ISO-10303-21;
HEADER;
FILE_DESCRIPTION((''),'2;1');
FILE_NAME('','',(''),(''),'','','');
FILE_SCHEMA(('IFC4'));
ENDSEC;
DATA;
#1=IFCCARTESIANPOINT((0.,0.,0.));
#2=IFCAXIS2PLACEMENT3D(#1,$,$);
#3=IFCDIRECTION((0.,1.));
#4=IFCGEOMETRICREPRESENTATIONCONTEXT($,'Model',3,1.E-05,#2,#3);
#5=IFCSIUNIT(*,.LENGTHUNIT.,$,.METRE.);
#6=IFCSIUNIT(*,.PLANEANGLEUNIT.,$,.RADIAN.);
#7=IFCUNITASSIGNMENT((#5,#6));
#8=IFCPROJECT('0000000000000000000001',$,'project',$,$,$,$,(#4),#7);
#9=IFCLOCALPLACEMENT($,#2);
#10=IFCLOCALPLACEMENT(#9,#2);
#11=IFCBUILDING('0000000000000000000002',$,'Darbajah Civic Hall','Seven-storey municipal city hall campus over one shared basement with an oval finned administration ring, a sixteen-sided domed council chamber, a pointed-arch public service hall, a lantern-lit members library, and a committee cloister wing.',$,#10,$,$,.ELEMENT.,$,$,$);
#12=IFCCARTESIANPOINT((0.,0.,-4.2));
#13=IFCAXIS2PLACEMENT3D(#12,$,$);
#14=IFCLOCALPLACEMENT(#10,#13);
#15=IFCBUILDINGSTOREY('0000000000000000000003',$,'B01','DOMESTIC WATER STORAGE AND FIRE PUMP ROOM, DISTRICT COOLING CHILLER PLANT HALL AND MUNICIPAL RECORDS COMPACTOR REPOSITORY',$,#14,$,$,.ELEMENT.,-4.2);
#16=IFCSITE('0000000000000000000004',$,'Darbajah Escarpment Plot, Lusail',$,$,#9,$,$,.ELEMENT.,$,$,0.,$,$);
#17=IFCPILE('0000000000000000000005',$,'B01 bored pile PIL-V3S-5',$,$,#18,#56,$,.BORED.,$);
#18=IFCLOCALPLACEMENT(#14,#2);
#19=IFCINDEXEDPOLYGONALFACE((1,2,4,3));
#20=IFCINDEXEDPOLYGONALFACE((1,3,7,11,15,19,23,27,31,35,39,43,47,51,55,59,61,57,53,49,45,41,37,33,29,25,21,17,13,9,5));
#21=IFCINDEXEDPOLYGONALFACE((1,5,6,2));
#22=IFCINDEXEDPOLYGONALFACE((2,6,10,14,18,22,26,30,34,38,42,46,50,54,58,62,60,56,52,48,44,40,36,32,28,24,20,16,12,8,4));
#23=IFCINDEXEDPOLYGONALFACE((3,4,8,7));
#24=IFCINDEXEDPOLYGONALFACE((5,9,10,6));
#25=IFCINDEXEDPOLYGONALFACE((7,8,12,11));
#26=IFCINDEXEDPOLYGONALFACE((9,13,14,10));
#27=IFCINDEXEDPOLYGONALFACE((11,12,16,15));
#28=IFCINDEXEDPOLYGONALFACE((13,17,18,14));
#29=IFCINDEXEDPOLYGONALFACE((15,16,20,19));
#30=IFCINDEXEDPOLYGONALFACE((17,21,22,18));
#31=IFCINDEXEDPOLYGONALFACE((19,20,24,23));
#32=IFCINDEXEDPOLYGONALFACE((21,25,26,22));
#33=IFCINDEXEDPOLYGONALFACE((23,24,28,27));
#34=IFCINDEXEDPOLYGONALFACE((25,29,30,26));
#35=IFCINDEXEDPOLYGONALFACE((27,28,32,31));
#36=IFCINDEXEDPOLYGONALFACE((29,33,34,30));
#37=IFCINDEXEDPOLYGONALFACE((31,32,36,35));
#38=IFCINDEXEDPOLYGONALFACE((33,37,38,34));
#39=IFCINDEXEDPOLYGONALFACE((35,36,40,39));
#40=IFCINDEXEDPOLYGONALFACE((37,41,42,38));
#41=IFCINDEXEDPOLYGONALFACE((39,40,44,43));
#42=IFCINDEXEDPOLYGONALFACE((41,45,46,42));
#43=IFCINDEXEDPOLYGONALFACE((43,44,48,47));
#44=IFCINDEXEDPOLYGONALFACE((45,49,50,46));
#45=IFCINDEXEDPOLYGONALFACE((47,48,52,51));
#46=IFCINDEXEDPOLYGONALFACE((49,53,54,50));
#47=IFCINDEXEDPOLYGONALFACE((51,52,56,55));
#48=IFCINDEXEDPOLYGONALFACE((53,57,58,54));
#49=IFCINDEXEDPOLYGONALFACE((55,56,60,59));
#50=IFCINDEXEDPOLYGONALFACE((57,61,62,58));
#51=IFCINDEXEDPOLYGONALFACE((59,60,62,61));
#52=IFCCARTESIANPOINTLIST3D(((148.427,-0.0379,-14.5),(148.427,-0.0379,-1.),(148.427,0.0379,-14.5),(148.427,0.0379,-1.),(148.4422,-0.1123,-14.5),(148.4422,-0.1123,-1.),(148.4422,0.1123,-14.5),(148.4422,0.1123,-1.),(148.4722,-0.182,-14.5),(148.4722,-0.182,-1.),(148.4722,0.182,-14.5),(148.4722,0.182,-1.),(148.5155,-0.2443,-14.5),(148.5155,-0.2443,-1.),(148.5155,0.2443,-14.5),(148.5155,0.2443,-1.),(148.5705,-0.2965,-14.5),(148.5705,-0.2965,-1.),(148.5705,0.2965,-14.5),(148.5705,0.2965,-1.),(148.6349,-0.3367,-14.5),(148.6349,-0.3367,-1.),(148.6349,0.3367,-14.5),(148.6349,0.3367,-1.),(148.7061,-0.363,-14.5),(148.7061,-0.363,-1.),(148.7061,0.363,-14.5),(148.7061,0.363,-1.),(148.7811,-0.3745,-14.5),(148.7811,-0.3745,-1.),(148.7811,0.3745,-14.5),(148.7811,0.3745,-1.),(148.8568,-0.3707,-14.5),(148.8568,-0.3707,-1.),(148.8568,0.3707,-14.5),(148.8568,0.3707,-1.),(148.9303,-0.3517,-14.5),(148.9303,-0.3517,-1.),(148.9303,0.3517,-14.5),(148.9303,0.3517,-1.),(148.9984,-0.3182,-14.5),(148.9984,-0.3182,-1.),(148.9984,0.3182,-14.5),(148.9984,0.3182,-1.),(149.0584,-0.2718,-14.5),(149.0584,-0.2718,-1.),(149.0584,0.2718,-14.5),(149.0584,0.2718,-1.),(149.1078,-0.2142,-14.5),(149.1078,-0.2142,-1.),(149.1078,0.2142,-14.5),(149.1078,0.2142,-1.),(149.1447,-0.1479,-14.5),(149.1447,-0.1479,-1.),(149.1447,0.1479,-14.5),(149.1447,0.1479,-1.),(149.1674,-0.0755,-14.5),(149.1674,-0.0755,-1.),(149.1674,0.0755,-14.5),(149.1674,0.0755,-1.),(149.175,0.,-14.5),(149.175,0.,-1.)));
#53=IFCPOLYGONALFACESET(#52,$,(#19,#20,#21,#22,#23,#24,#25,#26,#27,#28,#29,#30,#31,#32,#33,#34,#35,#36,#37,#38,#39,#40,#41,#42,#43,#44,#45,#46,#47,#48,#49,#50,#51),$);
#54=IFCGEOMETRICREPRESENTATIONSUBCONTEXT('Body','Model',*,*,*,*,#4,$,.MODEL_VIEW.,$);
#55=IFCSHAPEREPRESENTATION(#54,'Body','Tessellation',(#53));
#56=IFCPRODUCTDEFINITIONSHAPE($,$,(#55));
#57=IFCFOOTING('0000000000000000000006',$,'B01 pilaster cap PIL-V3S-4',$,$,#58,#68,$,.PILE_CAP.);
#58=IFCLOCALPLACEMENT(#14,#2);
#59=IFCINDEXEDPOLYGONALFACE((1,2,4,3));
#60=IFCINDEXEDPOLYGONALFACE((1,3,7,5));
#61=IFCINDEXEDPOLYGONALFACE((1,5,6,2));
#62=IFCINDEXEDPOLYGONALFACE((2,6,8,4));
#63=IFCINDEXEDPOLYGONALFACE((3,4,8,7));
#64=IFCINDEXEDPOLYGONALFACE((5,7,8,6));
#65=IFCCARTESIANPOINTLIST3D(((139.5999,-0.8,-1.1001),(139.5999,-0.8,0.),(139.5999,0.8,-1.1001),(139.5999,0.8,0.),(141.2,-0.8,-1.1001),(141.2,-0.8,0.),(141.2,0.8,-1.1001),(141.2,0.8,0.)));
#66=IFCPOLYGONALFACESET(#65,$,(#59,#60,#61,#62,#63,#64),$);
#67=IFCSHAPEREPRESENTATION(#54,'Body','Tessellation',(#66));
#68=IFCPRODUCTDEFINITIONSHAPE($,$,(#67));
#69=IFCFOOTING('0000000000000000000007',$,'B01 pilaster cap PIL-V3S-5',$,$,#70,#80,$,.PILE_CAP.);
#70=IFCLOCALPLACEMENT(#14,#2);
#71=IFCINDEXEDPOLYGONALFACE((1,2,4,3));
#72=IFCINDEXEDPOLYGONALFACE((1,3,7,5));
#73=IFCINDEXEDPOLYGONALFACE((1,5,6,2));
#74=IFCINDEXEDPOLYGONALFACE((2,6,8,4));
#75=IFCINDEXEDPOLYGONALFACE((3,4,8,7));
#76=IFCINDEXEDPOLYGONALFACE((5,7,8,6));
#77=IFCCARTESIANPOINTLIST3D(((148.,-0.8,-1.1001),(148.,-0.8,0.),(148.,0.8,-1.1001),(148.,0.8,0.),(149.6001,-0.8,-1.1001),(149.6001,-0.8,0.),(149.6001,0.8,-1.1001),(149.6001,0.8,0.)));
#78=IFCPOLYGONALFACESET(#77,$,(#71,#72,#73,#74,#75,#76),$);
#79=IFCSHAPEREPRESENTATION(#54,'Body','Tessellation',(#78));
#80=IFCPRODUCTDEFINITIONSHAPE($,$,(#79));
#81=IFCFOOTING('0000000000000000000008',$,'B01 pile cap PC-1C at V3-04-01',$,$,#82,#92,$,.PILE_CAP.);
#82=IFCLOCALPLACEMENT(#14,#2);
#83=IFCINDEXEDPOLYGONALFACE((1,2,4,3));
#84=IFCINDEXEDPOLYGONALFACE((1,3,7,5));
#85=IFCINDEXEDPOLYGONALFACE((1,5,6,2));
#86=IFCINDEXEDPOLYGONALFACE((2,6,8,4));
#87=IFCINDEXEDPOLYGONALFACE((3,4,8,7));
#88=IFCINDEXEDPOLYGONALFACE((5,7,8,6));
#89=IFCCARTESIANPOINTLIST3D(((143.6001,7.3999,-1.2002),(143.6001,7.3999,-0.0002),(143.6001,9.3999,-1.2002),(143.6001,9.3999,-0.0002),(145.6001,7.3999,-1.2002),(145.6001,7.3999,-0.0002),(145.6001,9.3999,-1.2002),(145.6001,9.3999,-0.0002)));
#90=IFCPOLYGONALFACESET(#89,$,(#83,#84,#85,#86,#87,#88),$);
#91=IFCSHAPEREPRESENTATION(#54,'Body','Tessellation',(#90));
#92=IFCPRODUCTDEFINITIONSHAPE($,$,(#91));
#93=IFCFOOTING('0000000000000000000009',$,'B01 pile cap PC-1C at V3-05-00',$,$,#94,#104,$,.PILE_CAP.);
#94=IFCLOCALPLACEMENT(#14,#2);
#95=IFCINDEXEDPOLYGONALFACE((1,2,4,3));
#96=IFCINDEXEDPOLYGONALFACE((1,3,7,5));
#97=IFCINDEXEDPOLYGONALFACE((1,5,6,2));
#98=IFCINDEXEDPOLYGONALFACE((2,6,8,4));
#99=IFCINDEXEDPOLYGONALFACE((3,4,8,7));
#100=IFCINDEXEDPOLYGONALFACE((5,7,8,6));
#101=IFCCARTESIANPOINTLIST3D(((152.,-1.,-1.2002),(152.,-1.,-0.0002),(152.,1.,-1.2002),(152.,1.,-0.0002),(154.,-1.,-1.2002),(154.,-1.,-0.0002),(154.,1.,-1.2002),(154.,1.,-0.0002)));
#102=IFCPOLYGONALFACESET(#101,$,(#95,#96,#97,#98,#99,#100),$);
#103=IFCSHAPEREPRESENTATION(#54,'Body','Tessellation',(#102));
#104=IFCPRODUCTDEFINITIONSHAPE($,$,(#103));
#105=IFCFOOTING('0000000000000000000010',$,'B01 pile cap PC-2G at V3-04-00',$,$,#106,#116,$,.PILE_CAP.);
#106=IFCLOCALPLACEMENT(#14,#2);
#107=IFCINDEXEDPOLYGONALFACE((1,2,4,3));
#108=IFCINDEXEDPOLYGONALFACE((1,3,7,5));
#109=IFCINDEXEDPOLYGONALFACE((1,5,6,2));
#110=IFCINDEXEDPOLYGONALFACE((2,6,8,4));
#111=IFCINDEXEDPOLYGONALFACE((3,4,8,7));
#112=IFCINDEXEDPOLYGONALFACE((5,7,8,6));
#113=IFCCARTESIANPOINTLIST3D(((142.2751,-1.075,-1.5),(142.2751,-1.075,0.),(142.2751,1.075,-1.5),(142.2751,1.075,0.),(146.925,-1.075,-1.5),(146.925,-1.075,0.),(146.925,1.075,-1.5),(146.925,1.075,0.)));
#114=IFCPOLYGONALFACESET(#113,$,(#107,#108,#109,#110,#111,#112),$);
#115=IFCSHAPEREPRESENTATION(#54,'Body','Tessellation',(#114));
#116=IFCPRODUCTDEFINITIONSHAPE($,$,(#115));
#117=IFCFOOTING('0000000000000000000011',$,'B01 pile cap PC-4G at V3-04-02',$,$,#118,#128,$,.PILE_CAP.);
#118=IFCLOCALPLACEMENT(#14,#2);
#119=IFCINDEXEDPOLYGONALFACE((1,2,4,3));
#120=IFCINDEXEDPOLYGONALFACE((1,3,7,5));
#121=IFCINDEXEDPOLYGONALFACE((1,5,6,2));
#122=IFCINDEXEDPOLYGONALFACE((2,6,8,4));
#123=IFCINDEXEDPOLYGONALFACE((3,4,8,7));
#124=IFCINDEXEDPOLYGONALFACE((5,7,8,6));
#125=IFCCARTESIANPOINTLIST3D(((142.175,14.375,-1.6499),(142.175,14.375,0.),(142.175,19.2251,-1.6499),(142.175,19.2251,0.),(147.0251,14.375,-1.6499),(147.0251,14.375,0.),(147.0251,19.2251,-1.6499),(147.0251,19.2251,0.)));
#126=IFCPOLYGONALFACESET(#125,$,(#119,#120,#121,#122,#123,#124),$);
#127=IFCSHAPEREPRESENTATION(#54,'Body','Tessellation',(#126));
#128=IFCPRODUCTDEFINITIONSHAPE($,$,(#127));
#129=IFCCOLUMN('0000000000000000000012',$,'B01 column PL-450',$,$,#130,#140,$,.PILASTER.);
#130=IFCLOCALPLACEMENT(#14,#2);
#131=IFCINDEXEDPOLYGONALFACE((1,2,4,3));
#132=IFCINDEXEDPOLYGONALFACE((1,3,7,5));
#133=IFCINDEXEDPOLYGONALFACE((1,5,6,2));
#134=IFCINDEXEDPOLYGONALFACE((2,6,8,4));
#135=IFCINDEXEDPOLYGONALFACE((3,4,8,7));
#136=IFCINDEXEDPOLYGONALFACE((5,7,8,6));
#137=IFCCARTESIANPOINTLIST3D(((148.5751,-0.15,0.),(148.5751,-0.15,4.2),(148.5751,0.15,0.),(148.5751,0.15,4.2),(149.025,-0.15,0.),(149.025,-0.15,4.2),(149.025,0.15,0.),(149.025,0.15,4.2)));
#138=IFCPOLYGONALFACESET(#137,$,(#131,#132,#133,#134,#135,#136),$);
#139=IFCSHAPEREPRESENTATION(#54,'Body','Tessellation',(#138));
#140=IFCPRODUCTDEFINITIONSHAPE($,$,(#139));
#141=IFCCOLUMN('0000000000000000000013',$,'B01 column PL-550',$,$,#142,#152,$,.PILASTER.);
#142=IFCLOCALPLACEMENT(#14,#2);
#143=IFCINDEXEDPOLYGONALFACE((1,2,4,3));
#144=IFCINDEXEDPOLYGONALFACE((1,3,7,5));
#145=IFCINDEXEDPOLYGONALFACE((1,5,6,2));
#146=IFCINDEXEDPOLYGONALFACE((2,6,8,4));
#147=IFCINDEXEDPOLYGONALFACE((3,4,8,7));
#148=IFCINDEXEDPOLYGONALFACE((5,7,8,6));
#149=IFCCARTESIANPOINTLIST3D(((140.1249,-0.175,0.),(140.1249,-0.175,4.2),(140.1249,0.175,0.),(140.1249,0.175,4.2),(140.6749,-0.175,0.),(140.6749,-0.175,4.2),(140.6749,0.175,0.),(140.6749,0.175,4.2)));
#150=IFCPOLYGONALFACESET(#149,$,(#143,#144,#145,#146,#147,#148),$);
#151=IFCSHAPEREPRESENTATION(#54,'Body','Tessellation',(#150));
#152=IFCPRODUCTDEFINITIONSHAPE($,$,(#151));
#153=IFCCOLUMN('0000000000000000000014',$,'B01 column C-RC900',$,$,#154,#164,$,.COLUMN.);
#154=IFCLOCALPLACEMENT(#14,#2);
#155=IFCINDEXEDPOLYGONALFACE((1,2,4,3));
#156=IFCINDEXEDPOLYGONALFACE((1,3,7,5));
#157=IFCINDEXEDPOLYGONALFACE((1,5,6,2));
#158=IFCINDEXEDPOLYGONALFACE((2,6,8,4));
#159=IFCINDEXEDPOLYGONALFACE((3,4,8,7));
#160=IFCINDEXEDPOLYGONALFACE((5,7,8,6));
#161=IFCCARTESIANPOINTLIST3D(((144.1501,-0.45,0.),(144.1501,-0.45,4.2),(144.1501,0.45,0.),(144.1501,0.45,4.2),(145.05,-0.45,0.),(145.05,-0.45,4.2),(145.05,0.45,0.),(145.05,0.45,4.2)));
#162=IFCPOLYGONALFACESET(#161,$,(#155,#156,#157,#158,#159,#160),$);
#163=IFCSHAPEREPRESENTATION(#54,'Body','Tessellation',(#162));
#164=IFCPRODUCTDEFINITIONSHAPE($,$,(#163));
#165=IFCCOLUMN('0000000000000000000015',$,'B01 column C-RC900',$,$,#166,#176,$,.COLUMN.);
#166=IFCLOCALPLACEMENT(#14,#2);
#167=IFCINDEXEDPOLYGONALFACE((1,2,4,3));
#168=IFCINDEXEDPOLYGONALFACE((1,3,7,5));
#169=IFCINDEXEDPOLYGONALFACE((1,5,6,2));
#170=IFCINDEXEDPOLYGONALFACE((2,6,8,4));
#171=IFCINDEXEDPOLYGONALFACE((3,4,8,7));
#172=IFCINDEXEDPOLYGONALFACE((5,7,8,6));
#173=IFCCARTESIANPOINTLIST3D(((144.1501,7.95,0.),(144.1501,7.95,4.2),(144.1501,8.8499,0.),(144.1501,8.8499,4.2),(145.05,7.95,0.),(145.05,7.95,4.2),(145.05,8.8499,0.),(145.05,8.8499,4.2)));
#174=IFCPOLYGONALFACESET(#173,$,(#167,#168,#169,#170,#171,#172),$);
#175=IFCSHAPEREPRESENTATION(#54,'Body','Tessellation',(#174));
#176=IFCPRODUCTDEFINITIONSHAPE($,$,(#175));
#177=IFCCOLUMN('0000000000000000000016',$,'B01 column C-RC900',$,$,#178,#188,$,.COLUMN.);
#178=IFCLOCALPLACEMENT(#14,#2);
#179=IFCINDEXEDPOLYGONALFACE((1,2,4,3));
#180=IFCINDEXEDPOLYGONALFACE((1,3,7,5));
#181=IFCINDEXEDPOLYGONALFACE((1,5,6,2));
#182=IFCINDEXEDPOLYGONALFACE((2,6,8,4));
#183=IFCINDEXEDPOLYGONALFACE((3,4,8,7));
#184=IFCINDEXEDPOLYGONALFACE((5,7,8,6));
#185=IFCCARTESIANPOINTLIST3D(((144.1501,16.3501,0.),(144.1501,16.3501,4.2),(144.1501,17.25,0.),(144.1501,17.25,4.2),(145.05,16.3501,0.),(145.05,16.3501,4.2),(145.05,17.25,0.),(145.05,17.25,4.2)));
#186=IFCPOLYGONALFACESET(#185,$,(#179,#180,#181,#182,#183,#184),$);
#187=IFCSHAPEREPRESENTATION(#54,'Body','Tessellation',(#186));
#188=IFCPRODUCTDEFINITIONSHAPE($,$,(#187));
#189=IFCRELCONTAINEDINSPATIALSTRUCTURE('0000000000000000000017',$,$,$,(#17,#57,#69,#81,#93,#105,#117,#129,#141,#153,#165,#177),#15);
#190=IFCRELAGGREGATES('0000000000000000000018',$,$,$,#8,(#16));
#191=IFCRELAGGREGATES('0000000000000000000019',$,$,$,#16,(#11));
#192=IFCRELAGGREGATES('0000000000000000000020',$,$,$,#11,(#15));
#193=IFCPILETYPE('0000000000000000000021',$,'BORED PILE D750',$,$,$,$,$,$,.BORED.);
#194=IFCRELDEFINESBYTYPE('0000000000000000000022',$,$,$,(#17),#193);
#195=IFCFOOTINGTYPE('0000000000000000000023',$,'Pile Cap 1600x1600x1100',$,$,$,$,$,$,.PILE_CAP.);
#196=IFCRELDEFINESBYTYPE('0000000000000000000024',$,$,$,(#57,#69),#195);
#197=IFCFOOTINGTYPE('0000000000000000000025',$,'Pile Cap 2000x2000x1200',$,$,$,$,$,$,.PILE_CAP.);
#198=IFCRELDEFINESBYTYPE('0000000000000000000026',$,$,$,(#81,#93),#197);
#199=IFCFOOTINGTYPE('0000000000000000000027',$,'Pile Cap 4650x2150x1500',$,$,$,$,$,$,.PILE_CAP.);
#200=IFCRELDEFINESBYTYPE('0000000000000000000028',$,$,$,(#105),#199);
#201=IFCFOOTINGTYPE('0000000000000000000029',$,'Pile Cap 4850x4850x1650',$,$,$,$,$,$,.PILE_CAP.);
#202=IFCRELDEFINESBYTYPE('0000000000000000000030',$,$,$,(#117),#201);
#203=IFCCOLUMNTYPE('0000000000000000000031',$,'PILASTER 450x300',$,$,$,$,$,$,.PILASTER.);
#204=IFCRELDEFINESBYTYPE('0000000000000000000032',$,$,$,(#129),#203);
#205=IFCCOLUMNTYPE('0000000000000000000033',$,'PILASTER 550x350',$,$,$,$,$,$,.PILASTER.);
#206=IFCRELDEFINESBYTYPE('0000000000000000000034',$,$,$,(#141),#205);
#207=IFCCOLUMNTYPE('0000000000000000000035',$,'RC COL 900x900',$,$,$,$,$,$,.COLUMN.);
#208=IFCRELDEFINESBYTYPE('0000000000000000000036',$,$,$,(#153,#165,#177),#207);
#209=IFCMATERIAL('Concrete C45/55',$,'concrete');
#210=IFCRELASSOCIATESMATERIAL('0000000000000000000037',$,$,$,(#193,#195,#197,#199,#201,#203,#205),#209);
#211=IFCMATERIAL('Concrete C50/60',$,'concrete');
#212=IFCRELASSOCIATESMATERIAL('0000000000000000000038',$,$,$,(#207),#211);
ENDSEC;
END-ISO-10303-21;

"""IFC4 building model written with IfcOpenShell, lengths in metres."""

from ifc_helpers import new_model, si_unit, direction, frame, origin, origin_2d, place, context, subcontext, project, spatial, rectangle, circle, extrude, material, material_profile, profile_set, type_object, element, save


model = new_model("IFC4")

# Units and contexts
model_context = context("Model", 3, precision=1e-05, world=origin(), true_north=direction((0.0, 1.0)))
body_context = subcontext(model_context, "Body", "Model", "MODEL_VIEW")
ifc_project = project(units=[si_unit("LENGTHUNIT", "METRE"), si_unit("PLANEANGLEUNIT", "RADIAN")], contexts=[model_context])

# Site, building, storey
site_placement = place(None, origin())
site = spatial("IfcSite", under=ifc_project, at=site_placement, Name="Darbajah Escarpment Plot, Lusail", CompositionType="ELEMENT", RefElevation=0.0)
building_placement = place(site_placement, origin())
building = spatial("IfcBuilding", under=site, at=building_placement, Name="Darbajah Civic Hall", Description="Seven-storey municipal city hall campus over one shared basement with an oval finned administration ring, a sixteen-sided domed council chamber, a pointed-arch public service hall, a lantern-lit members library, and a committee cloister wing.", CompositionType="ELEMENT")
storey_placement = place(building_placement, frame((0.0, 0.0, -4.2)))
storey = spatial("IfcBuildingStorey", under=building, at=storey_placement, Name="B01", Description="DOMESTIC WATER STORAGE AND FIRE PUMP ROOM, DISTRICT COOLING CHILLER PLANT HALL AND MUNICIPAL RECORDS COMPACTOR REPOSITORY", CompositionType="ELEMENT", Elevation=-4.2)

# Pile
ifc_material_1 = material(Name="Concrete C45/55", Category="concrete")
ifc_material_profile_1 = material_profile(ifc_material_1, circle(Radius=0.375, at=origin_2d()), Name="BORED PILE D750")
ifc_profile_set_1 = profile_set([ifc_material_profile_1], Name="Concrete C45/55")
pile_type_1 = type_object("IfcPileType", Name="BORED PILE D750", PredefinedType="BORED", material=ifc_profile_set_1)
for number, where, z_axis, x_axis, name in (
    (1, (148.8, 0.0, -1.0), (0.0, 0.0, -1.0), (1.0, 0.0, 0.0), "B01 bored pile PIL-V3S-5"),
):
    element("IfcPile", number, at=place(storey_placement, frame(where, z_axis=z_axis, x_axis=x_axis)), inside=storey, type_object=pile_type_1, Name=name, PredefinedType="BORED", context=body_context, shape_type="SweptSolid", body=[
        extrude(circle(Radius=0.375, at=origin_2d()), origin(), (0.0, 0.0, 1.0), 13.5),
    ])

# Footings
footing_type_1 = type_object("IfcFootingType", Name="Pile Cap 1600x1600x1100", PredefinedType="PILE_CAP", material=ifc_material_1)
for number, where, z_axis, x_axis, name in (
    (2, (140.3999, 0.0, -1.1001), (0.0, 0.0, 1.0), (1.0, 0.0, 0.0), "B01 pilaster cap PIL-V3S-4"),
    (3, (148.8, 0.0, -1.1001), (0.0, 0.0, 1.0), (1.0, 0.0, 0.0), "B01 pilaster cap PIL-V3S-5"),
):
    element("IfcFooting", number, at=place(storey_placement, frame(where, z_axis=z_axis, x_axis=x_axis)), inside=storey, type_object=footing_type_1, Name=name, PredefinedType="PILE_CAP", context=body_context, shape_type="SweptSolid", body=[
        extrude(rectangle(XDim=1.6001, YDim=1.6001, at=origin_2d()), origin(), (0.0, 0.0, 1.0), 1.1001),
    ])
footing_type_2 = type_object("IfcFootingType", Name="Pile Cap 2000x2000x1200", PredefinedType="PILE_CAP", material=ifc_material_1)
for number, where, z_axis, x_axis, name in (
    (4, (144.6001, 8.3999, -1.2002), (0.0, 0.0, 1.0), (1.0, 0.0, 0.0), "B01 pile cap PC-1C at V3-04-01"),
    (5, (153.0, 0.0, -1.2002), (0.0, 0.0, 1.0), (1.0, 0.0, 0.0), "B01 pile cap PC-1C at V3-05-00"),
):
    element("IfcFooting", number, at=place(storey_placement, frame(where, z_axis=z_axis, x_axis=x_axis)), inside=storey, type_object=footing_type_2, Name=name, PredefinedType="PILE_CAP", context=body_context, shape_type="SweptSolid", body=[
        extrude(rectangle(XDim=2.0, YDim=2.0, at=origin_2d()), origin(), (0.0, 0.0, 1.0), 1.2),
    ])
footing_type_3 = type_object("IfcFootingType", Name="Pile Cap 4650x2150x1500", PredefinedType="PILE_CAP", material=ifc_material_1)
footing_1_placement = place(storey_placement, frame((144.6001, 0.0, -1.5), z_axis=(0.0, 0.0, 1.0), x_axis=(1.0, 0.0, 0.0)))
element("IfcFooting", 6, at=footing_1_placement, inside=storey, type_object=footing_type_3, Name="B01 pile cap PC-2G at V3-04-00", PredefinedType="PILE_CAP", context=body_context, shape_type="SweptSolid", body=[
    extrude(rectangle(XDim=4.6499, YDim=2.1499, at=origin_2d()), origin(), (0.0, 0.0, 1.0), 1.5),
])
footing_type_4 = type_object("IfcFootingType", Name="Pile Cap 4850x4850x1650", PredefinedType="PILE_CAP", material=ifc_material_1)
footing_2_placement = place(storey_placement, frame((144.6001, 16.8, -1.6499), z_axis=(0.0, 0.0, 1.0), x_axis=(1.0, 0.0, 0.0)))
element("IfcFooting", 7, at=footing_2_placement, inside=storey, type_object=footing_type_4, Name="B01 pile cap PC-4G at V3-04-02", PredefinedType="PILE_CAP", context=body_context, shape_type="SweptSolid", body=[
    extrude(rectangle(XDim=4.8501, YDim=4.8501, at=origin_2d()), origin(), (0.0, 0.0, 1.0), 1.6499),
])

# Columns
ifc_material_profile_2 = material_profile(ifc_material_1, rectangle(XDim=0.45, YDim=0.3, at=origin_2d()), Name="PILASTER 450x300")
ifc_profile_set_2 = profile_set([ifc_material_profile_2], Name="Concrete C45/55")
column_type_1 = type_object("IfcColumnType", Name="PILASTER 450x300", PredefinedType="PILASTER", material=ifc_profile_set_2)
column_1_placement = place(storey_placement, frame((148.8, 0.0, 0.0), z_axis=(0.0, 0.0, 1.0), x_axis=(1.0, 0.0, 0.0)))
element("IfcColumn", 8, at=column_1_placement, inside=storey, type_object=column_type_1, Name="B01 column PL-450", PredefinedType="PILASTER", context=body_context, shape_type="SweptSolid", body=[
    extrude(rectangle(XDim=0.45, YDim=0.3, at=origin_2d()), origin(), (0.0, 0.0, 1.0), 4.2),
])
ifc_material_profile_3 = material_profile(ifc_material_1, rectangle(XDim=0.55, YDim=0.3501, at=origin_2d()), Name="PILASTER 550x350")
ifc_profile_set_3 = profile_set([ifc_material_profile_3], Name="Concrete C45/55")
column_type_2 = type_object("IfcColumnType", Name="PILASTER 550x350", PredefinedType="PILASTER", material=ifc_profile_set_3)
column_2_placement = place(storey_placement, frame((140.3999, 0.0, 0.0), z_axis=(0.0, 0.0, 1.0), x_axis=(1.0, 0.0, 0.0)))
element("IfcColumn", 9, at=column_2_placement, inside=storey, type_object=column_type_2, Name="B01 column PL-550", PredefinedType="PILASTER", context=body_context, shape_type="SweptSolid", body=[
    extrude(rectangle(XDim=0.55, YDim=0.3501, at=origin_2d()), origin(), (0.0, 0.0, 1.0), 4.2),
])
ifc_material_2 = material(Name="Concrete C50/60", Category="concrete")
ifc_material_profile_4 = material_profile(ifc_material_2, rectangle(XDim=0.8999, YDim=0.8999, at=origin_2d()), Name="RC COL 900x900")
ifc_profile_set_4 = profile_set([ifc_material_profile_4], Name="Concrete C50/60")
column_type_3 = type_object("IfcColumnType", Name="RC COL 900x900", PredefinedType="COLUMN", material=ifc_profile_set_4)
for number, where, z_axis, x_axis, name in (
    (10, (144.6001, 0.0, 0.0), (0.0, 0.0, 1.0), (1.0, 0.0, 0.0), "B01 column C-RC900"),
    (11, (144.6001, 8.3999, 0.0), (0.0, 0.0, 1.0), (1.0, 0.0, 0.0), "B01 column C-RC900"),
    (12, (144.6001, 16.8, 0.0), (0.0, 0.0, 1.0), (1.0, 0.0, 0.0), "B01 column C-RC900"),
):
    element("IfcColumn", number, at=place(storey_placement, frame(where, z_axis=z_axis, x_axis=x_axis)), inside=storey, type_object=column_type_3, Name=name, PredefinedType="COLUMN", context=body_context, shape_type="SweptSolid", body=[
        extrude(rectangle(XDim=0.8999, YDim=0.8999, at=origin_2d()), origin(), (0.0, 0.0, 1.0), 4.2),
    ])

save(model, "model.ifc")
